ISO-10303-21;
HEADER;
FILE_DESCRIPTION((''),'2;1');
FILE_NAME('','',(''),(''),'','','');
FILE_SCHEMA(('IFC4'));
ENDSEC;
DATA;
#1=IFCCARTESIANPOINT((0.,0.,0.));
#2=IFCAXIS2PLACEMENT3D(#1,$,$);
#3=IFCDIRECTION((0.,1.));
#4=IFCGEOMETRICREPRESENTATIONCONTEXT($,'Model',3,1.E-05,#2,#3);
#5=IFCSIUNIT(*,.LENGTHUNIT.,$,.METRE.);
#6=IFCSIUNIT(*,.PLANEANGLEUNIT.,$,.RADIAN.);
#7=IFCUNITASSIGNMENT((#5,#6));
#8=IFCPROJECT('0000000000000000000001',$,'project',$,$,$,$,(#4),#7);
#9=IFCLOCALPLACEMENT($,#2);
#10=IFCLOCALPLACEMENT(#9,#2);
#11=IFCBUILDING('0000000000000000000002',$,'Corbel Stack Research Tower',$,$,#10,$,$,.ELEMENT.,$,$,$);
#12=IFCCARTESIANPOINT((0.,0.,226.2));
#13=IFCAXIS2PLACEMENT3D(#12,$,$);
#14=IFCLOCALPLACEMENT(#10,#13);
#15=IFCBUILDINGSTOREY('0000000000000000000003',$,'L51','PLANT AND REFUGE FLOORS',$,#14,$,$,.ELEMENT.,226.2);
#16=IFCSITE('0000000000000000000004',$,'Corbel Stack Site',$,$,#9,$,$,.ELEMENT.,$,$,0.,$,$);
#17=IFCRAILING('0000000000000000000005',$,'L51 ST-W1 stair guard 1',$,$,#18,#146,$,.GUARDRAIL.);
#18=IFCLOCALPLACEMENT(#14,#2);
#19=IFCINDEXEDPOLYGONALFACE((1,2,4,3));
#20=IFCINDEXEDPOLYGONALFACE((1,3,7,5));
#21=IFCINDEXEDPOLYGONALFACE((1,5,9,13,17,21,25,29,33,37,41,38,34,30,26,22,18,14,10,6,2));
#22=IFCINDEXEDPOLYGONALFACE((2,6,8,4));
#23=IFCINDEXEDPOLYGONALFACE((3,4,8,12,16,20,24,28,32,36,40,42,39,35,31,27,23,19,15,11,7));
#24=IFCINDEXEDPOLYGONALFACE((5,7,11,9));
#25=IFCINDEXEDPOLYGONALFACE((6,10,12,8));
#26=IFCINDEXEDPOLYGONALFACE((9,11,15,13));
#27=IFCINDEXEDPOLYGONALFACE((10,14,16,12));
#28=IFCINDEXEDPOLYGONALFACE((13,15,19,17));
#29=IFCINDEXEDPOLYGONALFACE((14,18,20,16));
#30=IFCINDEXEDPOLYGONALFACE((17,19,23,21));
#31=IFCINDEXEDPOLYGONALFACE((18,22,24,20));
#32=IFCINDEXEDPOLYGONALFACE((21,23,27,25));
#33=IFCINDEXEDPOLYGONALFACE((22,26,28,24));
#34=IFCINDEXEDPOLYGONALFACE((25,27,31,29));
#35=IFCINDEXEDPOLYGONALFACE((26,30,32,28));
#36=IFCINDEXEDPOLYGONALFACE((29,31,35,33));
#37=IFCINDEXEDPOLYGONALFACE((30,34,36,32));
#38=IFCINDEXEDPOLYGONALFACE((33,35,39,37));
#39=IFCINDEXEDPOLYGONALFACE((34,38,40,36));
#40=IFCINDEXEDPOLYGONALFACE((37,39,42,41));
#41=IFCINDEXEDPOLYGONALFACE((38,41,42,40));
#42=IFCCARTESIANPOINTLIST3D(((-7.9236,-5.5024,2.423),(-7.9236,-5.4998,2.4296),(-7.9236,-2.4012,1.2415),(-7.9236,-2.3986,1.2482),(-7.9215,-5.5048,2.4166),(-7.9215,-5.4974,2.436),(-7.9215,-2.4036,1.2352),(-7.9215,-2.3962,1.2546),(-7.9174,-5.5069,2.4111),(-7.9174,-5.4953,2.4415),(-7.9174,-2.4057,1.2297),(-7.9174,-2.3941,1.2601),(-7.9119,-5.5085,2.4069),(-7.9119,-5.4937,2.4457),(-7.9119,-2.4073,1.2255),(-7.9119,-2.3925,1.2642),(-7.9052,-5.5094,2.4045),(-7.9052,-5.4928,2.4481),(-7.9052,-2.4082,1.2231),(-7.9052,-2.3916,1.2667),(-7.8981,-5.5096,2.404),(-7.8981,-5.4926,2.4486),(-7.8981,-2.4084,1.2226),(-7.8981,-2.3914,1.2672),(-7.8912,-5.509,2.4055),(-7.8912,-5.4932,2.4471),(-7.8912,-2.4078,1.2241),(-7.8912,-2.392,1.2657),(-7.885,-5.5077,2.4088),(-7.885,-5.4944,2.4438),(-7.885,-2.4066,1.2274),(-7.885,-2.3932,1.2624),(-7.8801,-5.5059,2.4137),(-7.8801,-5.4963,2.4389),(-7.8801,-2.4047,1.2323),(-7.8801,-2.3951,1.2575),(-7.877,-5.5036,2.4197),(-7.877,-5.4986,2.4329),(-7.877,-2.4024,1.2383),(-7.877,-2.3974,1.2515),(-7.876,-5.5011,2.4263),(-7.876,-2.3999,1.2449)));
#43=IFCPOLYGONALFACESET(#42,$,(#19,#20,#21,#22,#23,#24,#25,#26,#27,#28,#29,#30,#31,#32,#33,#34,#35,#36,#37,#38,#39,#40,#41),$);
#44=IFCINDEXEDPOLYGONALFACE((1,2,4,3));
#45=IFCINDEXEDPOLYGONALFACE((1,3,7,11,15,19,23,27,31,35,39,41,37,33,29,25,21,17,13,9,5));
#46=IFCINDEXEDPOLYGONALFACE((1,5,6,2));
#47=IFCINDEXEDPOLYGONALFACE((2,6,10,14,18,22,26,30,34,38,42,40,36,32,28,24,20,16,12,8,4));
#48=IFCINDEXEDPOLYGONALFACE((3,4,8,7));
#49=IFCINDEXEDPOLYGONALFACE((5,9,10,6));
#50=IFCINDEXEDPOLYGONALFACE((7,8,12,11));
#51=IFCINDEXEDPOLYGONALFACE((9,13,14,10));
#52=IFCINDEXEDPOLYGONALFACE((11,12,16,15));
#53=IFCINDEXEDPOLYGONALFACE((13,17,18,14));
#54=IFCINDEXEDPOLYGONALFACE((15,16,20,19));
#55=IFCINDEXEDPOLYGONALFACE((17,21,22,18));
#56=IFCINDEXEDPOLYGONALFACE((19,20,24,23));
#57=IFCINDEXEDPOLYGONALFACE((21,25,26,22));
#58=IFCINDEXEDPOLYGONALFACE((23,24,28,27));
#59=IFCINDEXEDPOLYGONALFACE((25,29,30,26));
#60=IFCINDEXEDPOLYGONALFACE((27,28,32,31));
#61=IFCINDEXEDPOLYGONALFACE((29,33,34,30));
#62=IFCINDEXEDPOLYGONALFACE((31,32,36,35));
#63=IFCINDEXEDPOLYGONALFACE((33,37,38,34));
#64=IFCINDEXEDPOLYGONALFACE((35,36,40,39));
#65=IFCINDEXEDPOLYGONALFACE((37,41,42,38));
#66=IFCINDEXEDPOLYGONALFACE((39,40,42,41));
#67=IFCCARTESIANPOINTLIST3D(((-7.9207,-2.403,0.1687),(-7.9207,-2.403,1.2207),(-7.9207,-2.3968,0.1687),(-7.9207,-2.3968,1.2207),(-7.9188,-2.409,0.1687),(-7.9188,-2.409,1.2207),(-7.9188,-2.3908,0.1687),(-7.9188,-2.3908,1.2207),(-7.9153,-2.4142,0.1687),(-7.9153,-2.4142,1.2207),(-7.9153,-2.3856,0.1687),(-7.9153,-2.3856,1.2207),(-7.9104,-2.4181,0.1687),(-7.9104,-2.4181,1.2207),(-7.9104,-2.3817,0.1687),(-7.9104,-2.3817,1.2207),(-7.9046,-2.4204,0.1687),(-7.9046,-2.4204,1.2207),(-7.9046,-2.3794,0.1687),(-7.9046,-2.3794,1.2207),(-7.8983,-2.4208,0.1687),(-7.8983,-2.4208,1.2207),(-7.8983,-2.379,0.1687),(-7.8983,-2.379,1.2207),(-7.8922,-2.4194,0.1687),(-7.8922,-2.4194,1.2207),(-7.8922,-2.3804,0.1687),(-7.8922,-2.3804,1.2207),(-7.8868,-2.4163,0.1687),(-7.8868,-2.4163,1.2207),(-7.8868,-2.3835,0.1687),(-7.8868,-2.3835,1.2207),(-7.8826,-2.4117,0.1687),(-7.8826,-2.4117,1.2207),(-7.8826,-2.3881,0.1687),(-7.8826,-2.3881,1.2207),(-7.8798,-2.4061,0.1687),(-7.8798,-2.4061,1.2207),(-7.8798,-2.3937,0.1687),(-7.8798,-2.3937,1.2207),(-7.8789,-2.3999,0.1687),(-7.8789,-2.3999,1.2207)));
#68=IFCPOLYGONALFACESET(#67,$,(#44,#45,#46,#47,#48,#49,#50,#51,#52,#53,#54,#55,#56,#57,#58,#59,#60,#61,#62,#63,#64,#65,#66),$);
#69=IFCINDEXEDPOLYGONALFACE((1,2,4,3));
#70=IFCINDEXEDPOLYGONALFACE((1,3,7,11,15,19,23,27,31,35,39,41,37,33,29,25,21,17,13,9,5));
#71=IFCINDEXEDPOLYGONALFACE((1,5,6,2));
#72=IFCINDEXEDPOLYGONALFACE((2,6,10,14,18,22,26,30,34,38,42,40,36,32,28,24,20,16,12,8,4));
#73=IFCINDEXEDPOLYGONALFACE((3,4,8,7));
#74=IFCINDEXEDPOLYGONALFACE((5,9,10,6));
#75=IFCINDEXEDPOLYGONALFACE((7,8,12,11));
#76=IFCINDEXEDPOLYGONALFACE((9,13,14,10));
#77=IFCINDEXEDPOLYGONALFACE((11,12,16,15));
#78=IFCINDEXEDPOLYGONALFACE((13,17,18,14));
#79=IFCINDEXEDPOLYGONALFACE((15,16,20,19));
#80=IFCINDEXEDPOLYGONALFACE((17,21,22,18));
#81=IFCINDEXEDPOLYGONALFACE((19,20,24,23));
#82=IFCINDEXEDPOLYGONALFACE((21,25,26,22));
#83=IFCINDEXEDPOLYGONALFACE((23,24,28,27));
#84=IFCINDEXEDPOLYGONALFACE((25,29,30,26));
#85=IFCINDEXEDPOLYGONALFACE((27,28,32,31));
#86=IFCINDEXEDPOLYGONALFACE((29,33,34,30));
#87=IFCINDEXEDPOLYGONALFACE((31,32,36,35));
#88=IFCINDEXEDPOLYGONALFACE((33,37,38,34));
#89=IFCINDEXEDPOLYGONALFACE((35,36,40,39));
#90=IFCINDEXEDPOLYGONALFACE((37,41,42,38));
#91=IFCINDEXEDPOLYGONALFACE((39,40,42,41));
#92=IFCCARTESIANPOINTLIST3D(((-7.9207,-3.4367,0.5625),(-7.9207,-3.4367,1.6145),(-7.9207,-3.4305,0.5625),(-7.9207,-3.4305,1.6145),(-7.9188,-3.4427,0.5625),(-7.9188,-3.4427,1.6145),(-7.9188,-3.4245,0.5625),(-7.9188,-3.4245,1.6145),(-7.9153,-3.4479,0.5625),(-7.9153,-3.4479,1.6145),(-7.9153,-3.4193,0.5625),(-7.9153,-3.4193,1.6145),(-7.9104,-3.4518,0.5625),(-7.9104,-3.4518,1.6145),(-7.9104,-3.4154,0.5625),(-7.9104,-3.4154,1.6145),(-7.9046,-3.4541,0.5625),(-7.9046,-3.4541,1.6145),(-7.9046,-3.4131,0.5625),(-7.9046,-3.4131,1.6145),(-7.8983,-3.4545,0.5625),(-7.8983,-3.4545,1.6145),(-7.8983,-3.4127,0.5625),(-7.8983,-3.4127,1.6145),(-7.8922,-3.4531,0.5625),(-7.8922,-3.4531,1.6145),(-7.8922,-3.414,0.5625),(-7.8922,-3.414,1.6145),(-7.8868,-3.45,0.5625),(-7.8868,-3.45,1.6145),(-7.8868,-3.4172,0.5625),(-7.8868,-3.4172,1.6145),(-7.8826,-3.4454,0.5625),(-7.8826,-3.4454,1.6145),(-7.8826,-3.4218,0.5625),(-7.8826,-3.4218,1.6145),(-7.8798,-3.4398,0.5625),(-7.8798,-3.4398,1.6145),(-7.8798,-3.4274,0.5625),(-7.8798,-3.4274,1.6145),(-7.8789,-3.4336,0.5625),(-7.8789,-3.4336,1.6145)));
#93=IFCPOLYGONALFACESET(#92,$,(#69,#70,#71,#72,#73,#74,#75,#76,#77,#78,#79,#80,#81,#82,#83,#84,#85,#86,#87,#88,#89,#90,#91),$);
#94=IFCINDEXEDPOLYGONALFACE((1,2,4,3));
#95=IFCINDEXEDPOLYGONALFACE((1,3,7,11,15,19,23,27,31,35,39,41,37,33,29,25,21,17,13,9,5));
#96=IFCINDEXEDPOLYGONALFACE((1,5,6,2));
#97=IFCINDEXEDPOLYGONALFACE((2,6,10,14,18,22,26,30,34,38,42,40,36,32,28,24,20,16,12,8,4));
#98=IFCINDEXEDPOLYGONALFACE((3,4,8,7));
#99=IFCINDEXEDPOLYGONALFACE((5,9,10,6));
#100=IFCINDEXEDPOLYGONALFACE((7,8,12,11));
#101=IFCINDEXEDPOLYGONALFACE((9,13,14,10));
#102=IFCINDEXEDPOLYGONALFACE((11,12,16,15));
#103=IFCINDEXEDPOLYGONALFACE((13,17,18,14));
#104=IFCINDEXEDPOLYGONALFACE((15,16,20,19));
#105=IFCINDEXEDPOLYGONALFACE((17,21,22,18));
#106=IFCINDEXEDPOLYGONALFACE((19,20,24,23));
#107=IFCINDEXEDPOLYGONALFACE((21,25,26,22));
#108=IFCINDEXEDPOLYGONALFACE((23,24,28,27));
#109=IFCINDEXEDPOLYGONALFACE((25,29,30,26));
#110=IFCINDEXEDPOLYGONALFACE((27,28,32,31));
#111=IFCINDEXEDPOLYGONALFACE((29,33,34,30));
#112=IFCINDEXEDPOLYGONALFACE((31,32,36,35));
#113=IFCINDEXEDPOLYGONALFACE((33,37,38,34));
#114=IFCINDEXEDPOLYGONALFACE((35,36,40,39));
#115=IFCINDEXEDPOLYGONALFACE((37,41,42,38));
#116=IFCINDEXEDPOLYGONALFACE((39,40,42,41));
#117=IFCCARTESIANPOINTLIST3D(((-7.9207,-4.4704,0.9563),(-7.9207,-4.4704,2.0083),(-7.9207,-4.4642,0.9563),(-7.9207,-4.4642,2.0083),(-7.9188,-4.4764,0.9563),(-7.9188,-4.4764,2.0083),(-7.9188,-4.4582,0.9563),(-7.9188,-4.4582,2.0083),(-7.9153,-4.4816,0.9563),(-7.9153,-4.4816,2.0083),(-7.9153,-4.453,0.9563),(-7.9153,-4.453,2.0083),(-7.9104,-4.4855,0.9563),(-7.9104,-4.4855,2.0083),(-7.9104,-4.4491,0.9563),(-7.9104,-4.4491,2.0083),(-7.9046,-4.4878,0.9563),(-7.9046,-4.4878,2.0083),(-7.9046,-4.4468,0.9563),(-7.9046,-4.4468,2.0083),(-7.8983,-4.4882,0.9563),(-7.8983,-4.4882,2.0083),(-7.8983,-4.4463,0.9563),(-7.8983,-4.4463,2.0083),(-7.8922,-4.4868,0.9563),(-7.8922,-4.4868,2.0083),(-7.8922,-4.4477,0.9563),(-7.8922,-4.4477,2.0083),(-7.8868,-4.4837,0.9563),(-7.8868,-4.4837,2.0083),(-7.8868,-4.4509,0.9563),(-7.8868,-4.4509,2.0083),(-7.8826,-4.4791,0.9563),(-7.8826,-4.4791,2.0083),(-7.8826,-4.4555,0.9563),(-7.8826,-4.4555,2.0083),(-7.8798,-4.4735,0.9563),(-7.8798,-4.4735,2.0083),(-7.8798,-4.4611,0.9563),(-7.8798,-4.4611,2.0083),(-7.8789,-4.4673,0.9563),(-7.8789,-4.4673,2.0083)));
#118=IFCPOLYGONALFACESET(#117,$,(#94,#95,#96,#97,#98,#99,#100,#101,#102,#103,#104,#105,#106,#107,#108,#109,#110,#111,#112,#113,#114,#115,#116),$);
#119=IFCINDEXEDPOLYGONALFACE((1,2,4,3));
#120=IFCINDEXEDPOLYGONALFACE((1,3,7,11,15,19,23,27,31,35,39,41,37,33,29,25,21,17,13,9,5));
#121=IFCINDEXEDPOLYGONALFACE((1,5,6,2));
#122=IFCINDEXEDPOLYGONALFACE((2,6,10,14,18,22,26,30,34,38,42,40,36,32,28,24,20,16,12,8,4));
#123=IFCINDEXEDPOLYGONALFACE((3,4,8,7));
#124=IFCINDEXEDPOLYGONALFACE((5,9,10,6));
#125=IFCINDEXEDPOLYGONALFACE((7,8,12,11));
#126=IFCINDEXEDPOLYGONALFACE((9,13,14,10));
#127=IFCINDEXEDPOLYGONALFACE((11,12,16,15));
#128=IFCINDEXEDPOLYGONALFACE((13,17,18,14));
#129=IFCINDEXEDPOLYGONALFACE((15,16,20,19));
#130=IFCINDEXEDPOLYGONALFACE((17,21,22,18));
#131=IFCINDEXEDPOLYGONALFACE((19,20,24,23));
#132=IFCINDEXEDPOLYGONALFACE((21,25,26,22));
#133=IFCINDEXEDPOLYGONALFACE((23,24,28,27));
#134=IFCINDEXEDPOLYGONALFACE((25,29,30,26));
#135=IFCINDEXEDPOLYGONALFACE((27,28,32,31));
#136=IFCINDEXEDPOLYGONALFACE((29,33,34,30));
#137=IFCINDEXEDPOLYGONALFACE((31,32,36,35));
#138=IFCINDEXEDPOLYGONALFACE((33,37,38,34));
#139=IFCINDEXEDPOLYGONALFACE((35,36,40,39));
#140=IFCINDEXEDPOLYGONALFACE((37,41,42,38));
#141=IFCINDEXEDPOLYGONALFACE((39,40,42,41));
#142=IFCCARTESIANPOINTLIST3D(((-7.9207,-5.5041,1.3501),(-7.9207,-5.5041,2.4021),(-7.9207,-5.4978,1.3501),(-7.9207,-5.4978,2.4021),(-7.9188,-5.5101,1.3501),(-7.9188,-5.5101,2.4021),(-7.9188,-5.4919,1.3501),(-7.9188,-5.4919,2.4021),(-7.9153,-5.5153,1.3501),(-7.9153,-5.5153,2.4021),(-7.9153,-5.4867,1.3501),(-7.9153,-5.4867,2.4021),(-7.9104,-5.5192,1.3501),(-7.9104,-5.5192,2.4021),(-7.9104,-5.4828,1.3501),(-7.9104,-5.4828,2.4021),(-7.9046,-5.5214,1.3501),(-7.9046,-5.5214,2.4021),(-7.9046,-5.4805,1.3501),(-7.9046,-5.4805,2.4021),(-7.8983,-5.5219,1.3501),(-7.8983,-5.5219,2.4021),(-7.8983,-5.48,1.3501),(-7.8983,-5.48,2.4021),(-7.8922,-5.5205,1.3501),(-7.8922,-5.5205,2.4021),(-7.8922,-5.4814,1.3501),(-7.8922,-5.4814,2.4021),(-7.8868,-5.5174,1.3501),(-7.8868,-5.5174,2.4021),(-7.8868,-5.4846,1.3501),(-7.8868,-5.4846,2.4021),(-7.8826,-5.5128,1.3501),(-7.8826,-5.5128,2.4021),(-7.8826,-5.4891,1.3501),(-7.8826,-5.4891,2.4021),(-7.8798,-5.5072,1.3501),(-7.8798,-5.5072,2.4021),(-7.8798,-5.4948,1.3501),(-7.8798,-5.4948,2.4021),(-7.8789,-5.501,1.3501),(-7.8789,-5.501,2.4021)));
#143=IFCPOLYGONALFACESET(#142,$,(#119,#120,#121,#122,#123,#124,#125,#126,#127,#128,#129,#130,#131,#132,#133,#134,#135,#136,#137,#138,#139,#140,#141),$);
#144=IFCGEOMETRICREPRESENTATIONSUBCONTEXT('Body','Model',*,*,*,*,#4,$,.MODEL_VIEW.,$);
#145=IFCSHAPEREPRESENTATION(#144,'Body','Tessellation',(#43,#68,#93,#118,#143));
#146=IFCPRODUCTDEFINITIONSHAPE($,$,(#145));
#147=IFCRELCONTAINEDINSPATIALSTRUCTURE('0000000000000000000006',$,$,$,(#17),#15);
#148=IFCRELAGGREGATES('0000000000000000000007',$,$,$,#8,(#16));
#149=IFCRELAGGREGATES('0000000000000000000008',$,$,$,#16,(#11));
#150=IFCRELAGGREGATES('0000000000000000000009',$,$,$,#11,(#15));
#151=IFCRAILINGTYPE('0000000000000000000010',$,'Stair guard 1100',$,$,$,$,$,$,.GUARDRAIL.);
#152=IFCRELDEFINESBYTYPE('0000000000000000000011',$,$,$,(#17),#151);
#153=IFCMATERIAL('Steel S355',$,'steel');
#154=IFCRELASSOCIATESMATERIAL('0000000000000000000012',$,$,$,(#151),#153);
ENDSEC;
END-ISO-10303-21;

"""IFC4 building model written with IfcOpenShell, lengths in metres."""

from ifc_helpers import new_model, si_unit, direction, frame, origin, origin_2d, place, context, subcontext, project, spatial, circle, extrude, material, type_object, element, save


model = new_model("IFC4")

# Units and contexts
model_context = context("Model", 3, precision=1e-05, world=origin(), true_north=direction((0.0, 1.0)))
body_context = subcontext(model_context, "Body", "Model", "MODEL_VIEW")
ifc_project = project(units=[si_unit("LENGTHUNIT", "METRE"), si_unit("PLANEANGLEUNIT", "RADIAN")], contexts=[model_context])

# Site, building, storey
site_placement = place(None, origin())
site = spatial("IfcSite", under=ifc_project, at=site_placement, Name="Corbel Stack Site", CompositionType="ELEMENT", RefElevation=0.0)
building_placement = place(site_placement, origin())
building = spatial("IfcBuilding", under=site, at=building_placement, Name="Corbel Stack Research Tower", CompositionType="ELEMENT")
storey_placement = place(building_placement, frame((0.0, 0.0, 226.2)))
storey = spatial("IfcBuildingStorey", under=building, at=storey_placement, Name="L51", Description="PLANT AND REFUGE FLOORS", CompositionType="ELEMENT", Elevation=226.2)

# Railing
ifc_material_1 = material(Name="Steel S355", Category="steel")
railing_type_1 = type_object("IfcRailingType", Name="Stair guard 1100", PredefinedType="GUARDRAIL", material=ifc_material_1)
railing_1_placement = place(storey_placement, frame((-7.8999, -2.3999, 0.1687)))
element("IfcRailing", 1, at=railing_1_placement, inside=storey, type_object=railing_type_1, Name="L51 ST-W1 stair guard 1", PredefinedType="GUARDRAIL", context=body_context, shape_type="SweptSolid", body=[
    extrude(circle(Radius=0.0239, at=origin_2d()), frame((0.0, 0.0, 1.0762), z_axis=(0.0, -0.934484, 0.356005), x_axis=(1.0, 0.0, 0.0)), (0.0, 0.0, 1.0), 3.3186),
    extrude(circle(Radius=0.021, at=origin_2d()), origin(), (0.0, 0.0, 1.0), 1.052),
    extrude(circle(Radius=0.021, at=origin_2d()), frame((0.0, -1.0337, 0.3938)), (0.0, 0.0, 1.0), 1.052),
    extrude(circle(Radius=0.021, at=origin_2d()), frame((0.0, -2.0674, 0.7876)), (0.0, 0.0, 1.0), 1.052),
    extrude(circle(Radius=0.021, at=origin_2d()), frame((0.0, -3.1011, 1.1814)), (0.0, 0.0, 1.0), 1.052),
])

save(model, "model.ifc")
